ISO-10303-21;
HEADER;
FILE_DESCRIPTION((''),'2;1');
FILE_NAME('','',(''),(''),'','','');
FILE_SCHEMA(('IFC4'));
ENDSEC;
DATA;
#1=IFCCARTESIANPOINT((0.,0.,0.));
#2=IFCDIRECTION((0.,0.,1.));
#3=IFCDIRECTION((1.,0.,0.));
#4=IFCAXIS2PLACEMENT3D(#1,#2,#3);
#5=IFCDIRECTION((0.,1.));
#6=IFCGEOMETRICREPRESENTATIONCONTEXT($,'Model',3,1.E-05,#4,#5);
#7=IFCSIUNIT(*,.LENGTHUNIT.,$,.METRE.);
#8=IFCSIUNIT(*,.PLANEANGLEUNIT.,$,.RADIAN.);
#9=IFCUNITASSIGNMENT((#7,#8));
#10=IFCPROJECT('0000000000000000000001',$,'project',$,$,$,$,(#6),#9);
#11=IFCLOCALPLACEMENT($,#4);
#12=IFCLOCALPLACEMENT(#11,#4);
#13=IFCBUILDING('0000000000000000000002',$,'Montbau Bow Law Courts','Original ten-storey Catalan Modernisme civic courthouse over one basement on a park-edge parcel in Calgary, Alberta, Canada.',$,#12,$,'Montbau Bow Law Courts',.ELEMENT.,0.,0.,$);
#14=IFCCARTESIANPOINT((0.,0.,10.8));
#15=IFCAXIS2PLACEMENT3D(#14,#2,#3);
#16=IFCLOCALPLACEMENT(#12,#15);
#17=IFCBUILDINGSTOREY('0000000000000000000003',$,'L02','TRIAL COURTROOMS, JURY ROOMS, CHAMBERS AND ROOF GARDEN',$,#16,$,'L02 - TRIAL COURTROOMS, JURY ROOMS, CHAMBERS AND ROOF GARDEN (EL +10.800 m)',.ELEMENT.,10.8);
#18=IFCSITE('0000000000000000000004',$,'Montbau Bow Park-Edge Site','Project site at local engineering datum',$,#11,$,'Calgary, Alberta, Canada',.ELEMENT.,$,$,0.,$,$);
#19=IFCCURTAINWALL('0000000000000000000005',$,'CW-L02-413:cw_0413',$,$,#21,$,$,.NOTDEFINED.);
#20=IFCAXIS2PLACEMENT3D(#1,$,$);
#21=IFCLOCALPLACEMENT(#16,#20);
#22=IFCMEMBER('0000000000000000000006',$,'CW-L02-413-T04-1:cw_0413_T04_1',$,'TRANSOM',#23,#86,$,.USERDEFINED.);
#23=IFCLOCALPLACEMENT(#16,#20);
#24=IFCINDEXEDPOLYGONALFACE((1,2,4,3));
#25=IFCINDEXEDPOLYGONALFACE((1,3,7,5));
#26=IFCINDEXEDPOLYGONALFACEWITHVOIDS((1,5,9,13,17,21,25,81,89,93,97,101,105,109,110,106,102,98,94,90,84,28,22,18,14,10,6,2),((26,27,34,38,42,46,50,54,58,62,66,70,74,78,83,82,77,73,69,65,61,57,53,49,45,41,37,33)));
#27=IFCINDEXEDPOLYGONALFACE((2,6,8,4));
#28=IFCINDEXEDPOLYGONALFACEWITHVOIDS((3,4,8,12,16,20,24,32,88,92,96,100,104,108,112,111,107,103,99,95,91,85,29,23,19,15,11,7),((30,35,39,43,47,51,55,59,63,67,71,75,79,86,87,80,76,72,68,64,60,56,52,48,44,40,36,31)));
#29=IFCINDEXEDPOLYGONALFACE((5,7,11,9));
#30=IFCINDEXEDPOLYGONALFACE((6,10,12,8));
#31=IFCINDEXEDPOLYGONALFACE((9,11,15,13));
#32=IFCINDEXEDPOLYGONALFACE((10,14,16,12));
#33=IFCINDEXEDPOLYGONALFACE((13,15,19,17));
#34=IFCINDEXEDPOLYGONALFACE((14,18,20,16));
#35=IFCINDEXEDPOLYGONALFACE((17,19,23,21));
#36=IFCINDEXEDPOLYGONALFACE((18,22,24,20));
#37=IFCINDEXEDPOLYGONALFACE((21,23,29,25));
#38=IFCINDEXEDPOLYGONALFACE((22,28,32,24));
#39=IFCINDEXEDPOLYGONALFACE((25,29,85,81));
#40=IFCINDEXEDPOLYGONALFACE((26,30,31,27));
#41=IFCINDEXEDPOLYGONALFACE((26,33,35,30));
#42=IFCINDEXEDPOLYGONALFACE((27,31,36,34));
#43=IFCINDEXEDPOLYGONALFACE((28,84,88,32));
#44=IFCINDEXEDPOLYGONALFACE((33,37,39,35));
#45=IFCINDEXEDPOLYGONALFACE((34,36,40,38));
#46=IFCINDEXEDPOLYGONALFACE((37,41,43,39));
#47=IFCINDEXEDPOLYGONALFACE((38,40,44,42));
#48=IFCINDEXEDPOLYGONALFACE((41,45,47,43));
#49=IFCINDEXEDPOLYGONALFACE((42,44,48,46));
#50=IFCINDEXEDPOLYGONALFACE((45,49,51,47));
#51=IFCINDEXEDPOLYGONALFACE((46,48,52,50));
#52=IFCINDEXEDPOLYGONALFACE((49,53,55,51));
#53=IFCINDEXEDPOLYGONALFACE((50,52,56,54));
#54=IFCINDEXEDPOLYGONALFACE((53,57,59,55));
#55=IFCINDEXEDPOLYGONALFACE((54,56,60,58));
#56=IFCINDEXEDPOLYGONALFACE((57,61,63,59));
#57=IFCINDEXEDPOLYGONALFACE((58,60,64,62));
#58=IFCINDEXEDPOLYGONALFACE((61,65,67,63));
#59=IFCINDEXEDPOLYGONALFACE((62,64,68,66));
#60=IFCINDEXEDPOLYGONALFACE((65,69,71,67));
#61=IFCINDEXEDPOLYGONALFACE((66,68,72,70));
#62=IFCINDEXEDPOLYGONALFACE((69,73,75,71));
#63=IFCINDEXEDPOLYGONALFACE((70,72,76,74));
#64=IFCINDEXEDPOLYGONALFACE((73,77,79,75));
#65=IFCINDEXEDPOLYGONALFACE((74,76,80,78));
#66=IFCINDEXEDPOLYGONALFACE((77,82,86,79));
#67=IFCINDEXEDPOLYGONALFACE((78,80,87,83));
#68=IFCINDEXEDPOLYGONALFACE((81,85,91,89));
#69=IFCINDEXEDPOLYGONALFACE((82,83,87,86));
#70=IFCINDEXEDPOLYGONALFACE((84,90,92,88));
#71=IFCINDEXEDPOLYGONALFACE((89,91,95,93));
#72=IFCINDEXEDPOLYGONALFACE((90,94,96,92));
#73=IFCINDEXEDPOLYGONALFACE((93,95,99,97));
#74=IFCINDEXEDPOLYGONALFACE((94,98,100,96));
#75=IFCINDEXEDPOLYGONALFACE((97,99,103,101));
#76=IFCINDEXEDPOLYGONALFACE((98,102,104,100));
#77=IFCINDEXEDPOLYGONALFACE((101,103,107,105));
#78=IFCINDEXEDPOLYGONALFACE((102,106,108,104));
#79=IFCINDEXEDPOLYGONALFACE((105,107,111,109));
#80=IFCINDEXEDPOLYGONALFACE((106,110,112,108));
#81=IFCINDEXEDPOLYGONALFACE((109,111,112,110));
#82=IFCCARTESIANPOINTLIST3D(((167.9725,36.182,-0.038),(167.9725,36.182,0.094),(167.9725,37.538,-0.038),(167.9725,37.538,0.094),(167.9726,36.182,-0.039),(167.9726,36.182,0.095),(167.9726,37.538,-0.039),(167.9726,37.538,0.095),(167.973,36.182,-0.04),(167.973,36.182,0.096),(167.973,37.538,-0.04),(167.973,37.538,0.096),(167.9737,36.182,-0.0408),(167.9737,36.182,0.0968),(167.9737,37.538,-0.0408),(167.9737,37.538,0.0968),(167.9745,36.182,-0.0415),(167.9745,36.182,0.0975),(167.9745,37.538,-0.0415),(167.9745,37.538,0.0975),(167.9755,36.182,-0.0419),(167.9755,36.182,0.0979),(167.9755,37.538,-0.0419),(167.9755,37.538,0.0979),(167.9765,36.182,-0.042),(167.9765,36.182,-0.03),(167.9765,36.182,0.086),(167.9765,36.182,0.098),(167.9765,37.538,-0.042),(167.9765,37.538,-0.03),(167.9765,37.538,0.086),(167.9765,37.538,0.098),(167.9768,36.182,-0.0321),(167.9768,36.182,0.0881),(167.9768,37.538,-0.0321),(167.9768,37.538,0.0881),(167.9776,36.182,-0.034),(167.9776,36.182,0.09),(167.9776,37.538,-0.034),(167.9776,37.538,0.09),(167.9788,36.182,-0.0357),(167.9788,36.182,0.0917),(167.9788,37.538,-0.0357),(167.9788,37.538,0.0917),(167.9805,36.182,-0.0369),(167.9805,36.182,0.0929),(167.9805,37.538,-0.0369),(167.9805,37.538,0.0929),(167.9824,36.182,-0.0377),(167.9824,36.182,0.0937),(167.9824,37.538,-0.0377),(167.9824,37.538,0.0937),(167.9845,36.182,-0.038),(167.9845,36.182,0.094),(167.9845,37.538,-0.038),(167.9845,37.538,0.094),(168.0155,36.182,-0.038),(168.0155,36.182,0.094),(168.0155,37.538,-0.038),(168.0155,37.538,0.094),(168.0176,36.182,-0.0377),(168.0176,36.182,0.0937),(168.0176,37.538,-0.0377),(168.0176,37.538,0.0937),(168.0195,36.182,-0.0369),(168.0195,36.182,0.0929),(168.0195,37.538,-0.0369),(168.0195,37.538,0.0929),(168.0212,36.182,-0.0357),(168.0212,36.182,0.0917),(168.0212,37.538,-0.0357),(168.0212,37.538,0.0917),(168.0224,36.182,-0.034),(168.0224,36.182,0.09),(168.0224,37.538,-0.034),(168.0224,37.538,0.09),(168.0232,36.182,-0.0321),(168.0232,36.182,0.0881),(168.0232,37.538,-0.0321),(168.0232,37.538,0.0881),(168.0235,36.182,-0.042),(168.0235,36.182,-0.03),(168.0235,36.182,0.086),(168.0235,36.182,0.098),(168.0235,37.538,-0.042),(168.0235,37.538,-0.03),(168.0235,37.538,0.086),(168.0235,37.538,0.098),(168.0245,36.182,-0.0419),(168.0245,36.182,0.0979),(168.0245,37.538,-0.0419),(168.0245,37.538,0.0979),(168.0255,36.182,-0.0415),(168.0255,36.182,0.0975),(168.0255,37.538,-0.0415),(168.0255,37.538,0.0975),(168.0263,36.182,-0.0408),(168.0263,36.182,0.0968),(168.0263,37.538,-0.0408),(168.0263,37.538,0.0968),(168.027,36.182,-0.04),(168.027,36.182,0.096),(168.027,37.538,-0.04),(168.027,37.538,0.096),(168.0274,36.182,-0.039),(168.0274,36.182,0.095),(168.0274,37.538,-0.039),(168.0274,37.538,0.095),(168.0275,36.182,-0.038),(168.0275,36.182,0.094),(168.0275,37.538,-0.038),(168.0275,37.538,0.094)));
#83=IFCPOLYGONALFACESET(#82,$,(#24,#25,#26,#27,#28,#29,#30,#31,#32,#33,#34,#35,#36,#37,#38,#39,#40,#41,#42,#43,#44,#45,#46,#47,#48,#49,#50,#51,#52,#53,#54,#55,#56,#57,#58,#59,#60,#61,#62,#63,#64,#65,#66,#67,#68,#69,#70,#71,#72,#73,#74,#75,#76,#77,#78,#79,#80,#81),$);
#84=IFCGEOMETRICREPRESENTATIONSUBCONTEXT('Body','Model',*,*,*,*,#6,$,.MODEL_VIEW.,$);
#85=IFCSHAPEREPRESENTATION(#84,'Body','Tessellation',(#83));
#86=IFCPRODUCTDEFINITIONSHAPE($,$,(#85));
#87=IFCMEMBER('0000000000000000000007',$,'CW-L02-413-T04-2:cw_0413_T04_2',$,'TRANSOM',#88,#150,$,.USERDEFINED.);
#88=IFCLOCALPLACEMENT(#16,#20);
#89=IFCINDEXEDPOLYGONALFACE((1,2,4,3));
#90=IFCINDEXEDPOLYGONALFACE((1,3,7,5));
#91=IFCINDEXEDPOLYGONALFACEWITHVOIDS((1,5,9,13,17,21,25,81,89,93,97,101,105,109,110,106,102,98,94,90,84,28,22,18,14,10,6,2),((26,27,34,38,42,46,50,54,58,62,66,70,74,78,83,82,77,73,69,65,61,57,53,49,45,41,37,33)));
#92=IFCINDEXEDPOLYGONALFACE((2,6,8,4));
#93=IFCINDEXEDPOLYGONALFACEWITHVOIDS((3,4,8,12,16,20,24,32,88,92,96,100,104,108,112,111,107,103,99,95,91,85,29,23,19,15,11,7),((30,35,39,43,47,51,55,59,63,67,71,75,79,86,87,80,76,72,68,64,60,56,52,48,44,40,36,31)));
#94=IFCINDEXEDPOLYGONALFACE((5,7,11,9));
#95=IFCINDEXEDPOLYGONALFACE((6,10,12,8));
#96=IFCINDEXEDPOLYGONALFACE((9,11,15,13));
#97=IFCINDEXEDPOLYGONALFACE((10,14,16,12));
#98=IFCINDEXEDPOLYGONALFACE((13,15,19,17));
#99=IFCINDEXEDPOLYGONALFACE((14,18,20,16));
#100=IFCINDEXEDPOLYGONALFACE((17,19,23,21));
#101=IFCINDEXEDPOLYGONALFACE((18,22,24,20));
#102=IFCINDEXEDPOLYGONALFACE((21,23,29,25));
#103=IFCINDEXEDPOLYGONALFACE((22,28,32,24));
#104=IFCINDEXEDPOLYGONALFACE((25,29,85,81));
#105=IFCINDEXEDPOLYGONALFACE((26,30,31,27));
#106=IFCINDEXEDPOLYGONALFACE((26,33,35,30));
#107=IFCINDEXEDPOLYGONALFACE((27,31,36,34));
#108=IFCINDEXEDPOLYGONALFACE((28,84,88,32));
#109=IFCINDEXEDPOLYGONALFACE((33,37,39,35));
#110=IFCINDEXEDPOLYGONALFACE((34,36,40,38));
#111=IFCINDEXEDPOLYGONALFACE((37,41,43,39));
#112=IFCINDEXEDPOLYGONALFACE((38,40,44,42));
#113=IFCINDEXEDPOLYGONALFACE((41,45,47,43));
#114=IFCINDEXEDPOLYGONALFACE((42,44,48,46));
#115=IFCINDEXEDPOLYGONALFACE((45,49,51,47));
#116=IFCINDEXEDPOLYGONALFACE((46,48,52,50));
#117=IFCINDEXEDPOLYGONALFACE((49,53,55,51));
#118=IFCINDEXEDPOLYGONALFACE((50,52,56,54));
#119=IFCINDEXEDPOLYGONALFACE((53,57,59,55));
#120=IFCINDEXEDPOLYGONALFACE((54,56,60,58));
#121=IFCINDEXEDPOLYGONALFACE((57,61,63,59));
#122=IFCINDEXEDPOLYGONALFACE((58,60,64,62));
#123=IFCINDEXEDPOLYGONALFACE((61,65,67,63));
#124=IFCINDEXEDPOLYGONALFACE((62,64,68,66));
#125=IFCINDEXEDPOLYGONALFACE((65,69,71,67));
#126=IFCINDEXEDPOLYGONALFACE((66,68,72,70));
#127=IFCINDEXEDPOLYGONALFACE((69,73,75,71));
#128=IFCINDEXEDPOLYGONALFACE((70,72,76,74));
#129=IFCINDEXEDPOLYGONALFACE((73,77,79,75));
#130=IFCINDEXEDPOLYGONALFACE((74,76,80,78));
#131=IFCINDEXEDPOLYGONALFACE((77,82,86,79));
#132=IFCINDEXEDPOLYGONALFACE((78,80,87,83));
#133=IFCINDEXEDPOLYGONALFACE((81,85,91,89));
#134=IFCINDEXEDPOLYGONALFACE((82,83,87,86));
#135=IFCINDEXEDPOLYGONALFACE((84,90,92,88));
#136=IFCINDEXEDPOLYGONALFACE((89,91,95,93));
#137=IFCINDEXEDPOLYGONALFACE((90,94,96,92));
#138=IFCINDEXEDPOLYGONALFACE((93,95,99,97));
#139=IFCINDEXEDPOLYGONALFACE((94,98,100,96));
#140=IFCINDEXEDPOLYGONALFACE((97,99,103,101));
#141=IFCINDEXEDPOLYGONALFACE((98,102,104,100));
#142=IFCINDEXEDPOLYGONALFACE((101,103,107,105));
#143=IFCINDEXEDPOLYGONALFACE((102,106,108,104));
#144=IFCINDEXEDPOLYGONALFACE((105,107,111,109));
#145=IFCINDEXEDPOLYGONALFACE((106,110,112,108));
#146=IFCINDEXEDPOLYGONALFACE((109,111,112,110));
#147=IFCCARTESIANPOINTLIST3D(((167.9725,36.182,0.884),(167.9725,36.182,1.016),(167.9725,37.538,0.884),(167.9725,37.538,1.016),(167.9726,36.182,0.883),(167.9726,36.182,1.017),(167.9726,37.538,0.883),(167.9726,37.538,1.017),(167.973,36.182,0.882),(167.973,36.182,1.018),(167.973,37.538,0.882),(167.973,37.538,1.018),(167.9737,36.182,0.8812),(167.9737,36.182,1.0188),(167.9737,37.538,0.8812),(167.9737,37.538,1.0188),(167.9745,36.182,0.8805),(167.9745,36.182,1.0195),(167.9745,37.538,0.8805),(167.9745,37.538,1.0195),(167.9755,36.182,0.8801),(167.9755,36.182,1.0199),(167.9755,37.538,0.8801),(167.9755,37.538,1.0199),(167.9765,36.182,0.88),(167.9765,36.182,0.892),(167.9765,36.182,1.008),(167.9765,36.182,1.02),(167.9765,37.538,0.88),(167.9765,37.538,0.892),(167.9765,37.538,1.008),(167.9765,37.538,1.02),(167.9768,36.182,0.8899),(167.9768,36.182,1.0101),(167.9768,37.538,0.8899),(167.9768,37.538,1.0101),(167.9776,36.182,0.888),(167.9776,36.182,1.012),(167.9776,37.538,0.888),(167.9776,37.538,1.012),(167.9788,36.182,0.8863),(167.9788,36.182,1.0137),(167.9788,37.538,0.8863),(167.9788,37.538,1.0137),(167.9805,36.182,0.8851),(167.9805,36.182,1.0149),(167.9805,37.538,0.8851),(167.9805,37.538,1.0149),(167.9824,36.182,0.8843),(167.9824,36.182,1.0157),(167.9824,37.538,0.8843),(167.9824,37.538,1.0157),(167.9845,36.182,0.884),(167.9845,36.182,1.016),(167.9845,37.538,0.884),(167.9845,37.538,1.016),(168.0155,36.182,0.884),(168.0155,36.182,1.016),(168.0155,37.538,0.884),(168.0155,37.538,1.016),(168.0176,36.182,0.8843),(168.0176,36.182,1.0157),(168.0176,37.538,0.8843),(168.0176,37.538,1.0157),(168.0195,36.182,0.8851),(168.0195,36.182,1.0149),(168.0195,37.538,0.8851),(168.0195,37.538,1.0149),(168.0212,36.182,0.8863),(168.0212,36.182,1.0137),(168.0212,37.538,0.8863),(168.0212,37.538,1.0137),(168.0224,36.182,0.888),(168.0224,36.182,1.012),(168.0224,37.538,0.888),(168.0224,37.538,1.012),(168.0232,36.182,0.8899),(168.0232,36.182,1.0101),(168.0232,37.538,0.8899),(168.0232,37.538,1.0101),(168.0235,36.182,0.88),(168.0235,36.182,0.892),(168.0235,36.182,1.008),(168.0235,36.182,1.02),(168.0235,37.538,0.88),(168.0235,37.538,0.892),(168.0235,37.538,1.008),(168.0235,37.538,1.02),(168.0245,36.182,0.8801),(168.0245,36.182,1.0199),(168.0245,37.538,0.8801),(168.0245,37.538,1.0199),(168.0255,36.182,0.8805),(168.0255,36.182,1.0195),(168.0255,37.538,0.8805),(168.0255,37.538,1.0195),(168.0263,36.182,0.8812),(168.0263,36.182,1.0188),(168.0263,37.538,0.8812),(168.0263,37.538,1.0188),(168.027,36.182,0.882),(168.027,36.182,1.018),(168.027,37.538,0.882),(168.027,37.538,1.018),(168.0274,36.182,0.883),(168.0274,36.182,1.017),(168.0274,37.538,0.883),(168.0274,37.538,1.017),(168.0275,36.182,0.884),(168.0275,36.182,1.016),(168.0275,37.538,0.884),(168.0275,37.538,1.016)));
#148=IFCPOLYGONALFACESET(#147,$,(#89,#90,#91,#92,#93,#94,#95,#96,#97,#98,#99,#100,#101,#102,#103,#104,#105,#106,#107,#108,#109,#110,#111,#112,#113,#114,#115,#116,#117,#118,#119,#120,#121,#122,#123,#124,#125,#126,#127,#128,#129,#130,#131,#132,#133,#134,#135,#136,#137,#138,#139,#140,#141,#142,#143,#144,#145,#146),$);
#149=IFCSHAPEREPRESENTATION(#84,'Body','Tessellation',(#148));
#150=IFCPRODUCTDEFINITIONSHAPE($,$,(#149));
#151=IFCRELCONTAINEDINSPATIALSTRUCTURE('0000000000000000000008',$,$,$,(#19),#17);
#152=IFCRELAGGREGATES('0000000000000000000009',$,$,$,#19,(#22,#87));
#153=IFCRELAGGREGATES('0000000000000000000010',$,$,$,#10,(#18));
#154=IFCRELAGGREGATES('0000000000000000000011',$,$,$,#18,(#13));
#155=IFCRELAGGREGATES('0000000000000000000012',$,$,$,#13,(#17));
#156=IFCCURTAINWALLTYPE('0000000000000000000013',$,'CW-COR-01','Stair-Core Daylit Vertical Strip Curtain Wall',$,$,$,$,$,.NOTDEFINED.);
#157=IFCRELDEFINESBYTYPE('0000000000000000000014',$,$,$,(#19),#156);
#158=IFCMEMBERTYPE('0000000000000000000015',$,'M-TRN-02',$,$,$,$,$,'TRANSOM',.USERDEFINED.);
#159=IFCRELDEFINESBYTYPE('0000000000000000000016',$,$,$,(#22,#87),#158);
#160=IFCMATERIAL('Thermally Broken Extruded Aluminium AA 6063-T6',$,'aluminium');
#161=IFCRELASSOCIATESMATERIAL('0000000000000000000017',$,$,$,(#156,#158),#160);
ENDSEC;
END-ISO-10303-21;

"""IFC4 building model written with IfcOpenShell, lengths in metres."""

from ifc_helpers import new_model, si_unit, direction, frame, origin_with_axes, origin_2d_with_axis, place, context, subcontext, project, spatial, hollow_rectangle, extrude, material, material_profile, profile_set, type_object, element, aggregate, save


model = new_model("IFC4")

# Units and contexts
model_context = context("Model", 3, precision=1e-05, world=origin_with_axes(), true_north=direction((0.0, 1.0)))
body_context = subcontext(model_context, "Body", "Model", "MODEL_VIEW")
ifc_project = project(units=[si_unit("LENGTHUNIT", "METRE"), si_unit("PLANEANGLEUNIT", "RADIAN")], contexts=[model_context])

# Site, building, storey
site_placement = place(None, origin_with_axes())
site = spatial("IfcSite", under=ifc_project, at=site_placement, Name="Montbau Bow Park-Edge Site", Description="Project site at local engineering datum", LongName="Calgary, Alberta, Canada", CompositionType="ELEMENT", RefElevation=0.0)
building_placement = place(site_placement, origin_with_axes())
building = spatial("IfcBuilding", under=site, at=building_placement, Name="Montbau Bow Law Courts", Description="Original ten-storey Catalan Modernisme civic courthouse over one basement on a park-edge parcel in Calgary, Alberta, Canada.", LongName="Montbau Bow Law Courts", CompositionType="ELEMENT", ElevationOfRefHeight=0.0, ElevationOfTerrain=0.0)
storey_placement = place(building_placement, frame((0.0, 0.0, 10.8), z_axis=(0.0, 0.0, 1.0), x_axis=(1.0, 0.0, 0.0)))
storey = spatial("IfcBuildingStorey", under=building, at=storey_placement, Name="L02", Description="TRIAL COURTROOMS, JURY ROOMS, CHAMBERS AND ROOF GARDEN", LongName="L02 - TRIAL COURTROOMS, JURY ROOMS, CHAMBERS AND ROOF GARDEN (EL +10.800 m)", CompositionType="ELEMENT", Elevation=10.8)

# Curtain wall, members
ifc_material_1 = material(Name="Thermally Broken Extruded Aluminium AA 6063-T6", Category="aluminium")
curtain_wall_type = type_object("IfcCurtainWallType", Name="CW-COR-01", Description="Stair-Core Daylit Vertical Strip Curtain Wall", PredefinedType="NOTDEFINED", material=ifc_material_1)
curtain_wall_placement = place(None, frame((168.0, 31.8, 10.8), z_axis=(0.0, 0.0, 1.0), x_axis=(1.0, 0.0, 0.0)))
curtain_wall = element("IfcCurtainWall", 1, at=curtain_wall_placement, inside=storey, type_object=curtain_wall_type, Name="CW-L02-413:cw_0413", PredefinedType="NOTDEFINED")
ifc_material_profile_1 = material_profile(ifc_material_1, hollow_rectangle(XDim=0.055, YDim=0.14, WallThickness=0.004, InnerFilletRadius=0.008, OuterFilletRadius=0.004, at=origin_2d_with_axis()), Name="CWT-140X55", Category="Main", Priority=0)
ifc_profile_set_1 = profile_set([ifc_material_profile_1], Name="Thermally Broken Extruded Aluminium AA 6063-T6")
member_type_1 = type_object("IfcMemberType", Name="M-TRN-02", ElementType="TRANSOM", PredefinedType="USERDEFINED", material=ifc_profile_set_1)
member_1_placement = place(None, frame((168.0, 36.182, 10.828), z_axis=(0.0, 1.0, 0.0), x_axis=(-1.0, 0.0, 0.0)))
member_1 = element("IfcMember", 2, at=member_1_placement, type_object=member_type_1, Name="CW-L02-413-T04-1:cw_0413_T04_1", ObjectType="TRANSOM", PredefinedType="USERDEFINED", context=body_context, shape_type="SweptSolid", body=[
    extrude(hollow_rectangle(XDim=0.055, YDim=0.14, WallThickness=0.004, InnerFilletRadius=0.008, OuterFilletRadius=0.004, at=origin_2d_with_axis()), origin_with_axes(), (0.0, 0.0, 1.0), 1.356),
])
member_2_placement = place(None, frame((168.0, 36.182, 11.75), z_axis=(0.0, 1.0, 0.0), x_axis=(-1.0, 0.0, 0.0)))
member_2 = element("IfcMember", 3, at=member_2_placement, type_object=member_type_1, Name="CW-L02-413-T04-2:cw_0413_T04_2", ObjectType="TRANSOM", PredefinedType="USERDEFINED", context=body_context, shape_type="SweptSolid", body=[
    extrude(hollow_rectangle(XDim=0.055, YDim=0.14, WallThickness=0.004, InnerFilletRadius=0.008, OuterFilletRadius=0.004, at=origin_2d_with_axis()), origin_with_axes(), (0.0, 0.0, 1.0), 1.356),
])
aggregate(curtain_wall, [member_1, member_2])

save(model, "model.ifc")
